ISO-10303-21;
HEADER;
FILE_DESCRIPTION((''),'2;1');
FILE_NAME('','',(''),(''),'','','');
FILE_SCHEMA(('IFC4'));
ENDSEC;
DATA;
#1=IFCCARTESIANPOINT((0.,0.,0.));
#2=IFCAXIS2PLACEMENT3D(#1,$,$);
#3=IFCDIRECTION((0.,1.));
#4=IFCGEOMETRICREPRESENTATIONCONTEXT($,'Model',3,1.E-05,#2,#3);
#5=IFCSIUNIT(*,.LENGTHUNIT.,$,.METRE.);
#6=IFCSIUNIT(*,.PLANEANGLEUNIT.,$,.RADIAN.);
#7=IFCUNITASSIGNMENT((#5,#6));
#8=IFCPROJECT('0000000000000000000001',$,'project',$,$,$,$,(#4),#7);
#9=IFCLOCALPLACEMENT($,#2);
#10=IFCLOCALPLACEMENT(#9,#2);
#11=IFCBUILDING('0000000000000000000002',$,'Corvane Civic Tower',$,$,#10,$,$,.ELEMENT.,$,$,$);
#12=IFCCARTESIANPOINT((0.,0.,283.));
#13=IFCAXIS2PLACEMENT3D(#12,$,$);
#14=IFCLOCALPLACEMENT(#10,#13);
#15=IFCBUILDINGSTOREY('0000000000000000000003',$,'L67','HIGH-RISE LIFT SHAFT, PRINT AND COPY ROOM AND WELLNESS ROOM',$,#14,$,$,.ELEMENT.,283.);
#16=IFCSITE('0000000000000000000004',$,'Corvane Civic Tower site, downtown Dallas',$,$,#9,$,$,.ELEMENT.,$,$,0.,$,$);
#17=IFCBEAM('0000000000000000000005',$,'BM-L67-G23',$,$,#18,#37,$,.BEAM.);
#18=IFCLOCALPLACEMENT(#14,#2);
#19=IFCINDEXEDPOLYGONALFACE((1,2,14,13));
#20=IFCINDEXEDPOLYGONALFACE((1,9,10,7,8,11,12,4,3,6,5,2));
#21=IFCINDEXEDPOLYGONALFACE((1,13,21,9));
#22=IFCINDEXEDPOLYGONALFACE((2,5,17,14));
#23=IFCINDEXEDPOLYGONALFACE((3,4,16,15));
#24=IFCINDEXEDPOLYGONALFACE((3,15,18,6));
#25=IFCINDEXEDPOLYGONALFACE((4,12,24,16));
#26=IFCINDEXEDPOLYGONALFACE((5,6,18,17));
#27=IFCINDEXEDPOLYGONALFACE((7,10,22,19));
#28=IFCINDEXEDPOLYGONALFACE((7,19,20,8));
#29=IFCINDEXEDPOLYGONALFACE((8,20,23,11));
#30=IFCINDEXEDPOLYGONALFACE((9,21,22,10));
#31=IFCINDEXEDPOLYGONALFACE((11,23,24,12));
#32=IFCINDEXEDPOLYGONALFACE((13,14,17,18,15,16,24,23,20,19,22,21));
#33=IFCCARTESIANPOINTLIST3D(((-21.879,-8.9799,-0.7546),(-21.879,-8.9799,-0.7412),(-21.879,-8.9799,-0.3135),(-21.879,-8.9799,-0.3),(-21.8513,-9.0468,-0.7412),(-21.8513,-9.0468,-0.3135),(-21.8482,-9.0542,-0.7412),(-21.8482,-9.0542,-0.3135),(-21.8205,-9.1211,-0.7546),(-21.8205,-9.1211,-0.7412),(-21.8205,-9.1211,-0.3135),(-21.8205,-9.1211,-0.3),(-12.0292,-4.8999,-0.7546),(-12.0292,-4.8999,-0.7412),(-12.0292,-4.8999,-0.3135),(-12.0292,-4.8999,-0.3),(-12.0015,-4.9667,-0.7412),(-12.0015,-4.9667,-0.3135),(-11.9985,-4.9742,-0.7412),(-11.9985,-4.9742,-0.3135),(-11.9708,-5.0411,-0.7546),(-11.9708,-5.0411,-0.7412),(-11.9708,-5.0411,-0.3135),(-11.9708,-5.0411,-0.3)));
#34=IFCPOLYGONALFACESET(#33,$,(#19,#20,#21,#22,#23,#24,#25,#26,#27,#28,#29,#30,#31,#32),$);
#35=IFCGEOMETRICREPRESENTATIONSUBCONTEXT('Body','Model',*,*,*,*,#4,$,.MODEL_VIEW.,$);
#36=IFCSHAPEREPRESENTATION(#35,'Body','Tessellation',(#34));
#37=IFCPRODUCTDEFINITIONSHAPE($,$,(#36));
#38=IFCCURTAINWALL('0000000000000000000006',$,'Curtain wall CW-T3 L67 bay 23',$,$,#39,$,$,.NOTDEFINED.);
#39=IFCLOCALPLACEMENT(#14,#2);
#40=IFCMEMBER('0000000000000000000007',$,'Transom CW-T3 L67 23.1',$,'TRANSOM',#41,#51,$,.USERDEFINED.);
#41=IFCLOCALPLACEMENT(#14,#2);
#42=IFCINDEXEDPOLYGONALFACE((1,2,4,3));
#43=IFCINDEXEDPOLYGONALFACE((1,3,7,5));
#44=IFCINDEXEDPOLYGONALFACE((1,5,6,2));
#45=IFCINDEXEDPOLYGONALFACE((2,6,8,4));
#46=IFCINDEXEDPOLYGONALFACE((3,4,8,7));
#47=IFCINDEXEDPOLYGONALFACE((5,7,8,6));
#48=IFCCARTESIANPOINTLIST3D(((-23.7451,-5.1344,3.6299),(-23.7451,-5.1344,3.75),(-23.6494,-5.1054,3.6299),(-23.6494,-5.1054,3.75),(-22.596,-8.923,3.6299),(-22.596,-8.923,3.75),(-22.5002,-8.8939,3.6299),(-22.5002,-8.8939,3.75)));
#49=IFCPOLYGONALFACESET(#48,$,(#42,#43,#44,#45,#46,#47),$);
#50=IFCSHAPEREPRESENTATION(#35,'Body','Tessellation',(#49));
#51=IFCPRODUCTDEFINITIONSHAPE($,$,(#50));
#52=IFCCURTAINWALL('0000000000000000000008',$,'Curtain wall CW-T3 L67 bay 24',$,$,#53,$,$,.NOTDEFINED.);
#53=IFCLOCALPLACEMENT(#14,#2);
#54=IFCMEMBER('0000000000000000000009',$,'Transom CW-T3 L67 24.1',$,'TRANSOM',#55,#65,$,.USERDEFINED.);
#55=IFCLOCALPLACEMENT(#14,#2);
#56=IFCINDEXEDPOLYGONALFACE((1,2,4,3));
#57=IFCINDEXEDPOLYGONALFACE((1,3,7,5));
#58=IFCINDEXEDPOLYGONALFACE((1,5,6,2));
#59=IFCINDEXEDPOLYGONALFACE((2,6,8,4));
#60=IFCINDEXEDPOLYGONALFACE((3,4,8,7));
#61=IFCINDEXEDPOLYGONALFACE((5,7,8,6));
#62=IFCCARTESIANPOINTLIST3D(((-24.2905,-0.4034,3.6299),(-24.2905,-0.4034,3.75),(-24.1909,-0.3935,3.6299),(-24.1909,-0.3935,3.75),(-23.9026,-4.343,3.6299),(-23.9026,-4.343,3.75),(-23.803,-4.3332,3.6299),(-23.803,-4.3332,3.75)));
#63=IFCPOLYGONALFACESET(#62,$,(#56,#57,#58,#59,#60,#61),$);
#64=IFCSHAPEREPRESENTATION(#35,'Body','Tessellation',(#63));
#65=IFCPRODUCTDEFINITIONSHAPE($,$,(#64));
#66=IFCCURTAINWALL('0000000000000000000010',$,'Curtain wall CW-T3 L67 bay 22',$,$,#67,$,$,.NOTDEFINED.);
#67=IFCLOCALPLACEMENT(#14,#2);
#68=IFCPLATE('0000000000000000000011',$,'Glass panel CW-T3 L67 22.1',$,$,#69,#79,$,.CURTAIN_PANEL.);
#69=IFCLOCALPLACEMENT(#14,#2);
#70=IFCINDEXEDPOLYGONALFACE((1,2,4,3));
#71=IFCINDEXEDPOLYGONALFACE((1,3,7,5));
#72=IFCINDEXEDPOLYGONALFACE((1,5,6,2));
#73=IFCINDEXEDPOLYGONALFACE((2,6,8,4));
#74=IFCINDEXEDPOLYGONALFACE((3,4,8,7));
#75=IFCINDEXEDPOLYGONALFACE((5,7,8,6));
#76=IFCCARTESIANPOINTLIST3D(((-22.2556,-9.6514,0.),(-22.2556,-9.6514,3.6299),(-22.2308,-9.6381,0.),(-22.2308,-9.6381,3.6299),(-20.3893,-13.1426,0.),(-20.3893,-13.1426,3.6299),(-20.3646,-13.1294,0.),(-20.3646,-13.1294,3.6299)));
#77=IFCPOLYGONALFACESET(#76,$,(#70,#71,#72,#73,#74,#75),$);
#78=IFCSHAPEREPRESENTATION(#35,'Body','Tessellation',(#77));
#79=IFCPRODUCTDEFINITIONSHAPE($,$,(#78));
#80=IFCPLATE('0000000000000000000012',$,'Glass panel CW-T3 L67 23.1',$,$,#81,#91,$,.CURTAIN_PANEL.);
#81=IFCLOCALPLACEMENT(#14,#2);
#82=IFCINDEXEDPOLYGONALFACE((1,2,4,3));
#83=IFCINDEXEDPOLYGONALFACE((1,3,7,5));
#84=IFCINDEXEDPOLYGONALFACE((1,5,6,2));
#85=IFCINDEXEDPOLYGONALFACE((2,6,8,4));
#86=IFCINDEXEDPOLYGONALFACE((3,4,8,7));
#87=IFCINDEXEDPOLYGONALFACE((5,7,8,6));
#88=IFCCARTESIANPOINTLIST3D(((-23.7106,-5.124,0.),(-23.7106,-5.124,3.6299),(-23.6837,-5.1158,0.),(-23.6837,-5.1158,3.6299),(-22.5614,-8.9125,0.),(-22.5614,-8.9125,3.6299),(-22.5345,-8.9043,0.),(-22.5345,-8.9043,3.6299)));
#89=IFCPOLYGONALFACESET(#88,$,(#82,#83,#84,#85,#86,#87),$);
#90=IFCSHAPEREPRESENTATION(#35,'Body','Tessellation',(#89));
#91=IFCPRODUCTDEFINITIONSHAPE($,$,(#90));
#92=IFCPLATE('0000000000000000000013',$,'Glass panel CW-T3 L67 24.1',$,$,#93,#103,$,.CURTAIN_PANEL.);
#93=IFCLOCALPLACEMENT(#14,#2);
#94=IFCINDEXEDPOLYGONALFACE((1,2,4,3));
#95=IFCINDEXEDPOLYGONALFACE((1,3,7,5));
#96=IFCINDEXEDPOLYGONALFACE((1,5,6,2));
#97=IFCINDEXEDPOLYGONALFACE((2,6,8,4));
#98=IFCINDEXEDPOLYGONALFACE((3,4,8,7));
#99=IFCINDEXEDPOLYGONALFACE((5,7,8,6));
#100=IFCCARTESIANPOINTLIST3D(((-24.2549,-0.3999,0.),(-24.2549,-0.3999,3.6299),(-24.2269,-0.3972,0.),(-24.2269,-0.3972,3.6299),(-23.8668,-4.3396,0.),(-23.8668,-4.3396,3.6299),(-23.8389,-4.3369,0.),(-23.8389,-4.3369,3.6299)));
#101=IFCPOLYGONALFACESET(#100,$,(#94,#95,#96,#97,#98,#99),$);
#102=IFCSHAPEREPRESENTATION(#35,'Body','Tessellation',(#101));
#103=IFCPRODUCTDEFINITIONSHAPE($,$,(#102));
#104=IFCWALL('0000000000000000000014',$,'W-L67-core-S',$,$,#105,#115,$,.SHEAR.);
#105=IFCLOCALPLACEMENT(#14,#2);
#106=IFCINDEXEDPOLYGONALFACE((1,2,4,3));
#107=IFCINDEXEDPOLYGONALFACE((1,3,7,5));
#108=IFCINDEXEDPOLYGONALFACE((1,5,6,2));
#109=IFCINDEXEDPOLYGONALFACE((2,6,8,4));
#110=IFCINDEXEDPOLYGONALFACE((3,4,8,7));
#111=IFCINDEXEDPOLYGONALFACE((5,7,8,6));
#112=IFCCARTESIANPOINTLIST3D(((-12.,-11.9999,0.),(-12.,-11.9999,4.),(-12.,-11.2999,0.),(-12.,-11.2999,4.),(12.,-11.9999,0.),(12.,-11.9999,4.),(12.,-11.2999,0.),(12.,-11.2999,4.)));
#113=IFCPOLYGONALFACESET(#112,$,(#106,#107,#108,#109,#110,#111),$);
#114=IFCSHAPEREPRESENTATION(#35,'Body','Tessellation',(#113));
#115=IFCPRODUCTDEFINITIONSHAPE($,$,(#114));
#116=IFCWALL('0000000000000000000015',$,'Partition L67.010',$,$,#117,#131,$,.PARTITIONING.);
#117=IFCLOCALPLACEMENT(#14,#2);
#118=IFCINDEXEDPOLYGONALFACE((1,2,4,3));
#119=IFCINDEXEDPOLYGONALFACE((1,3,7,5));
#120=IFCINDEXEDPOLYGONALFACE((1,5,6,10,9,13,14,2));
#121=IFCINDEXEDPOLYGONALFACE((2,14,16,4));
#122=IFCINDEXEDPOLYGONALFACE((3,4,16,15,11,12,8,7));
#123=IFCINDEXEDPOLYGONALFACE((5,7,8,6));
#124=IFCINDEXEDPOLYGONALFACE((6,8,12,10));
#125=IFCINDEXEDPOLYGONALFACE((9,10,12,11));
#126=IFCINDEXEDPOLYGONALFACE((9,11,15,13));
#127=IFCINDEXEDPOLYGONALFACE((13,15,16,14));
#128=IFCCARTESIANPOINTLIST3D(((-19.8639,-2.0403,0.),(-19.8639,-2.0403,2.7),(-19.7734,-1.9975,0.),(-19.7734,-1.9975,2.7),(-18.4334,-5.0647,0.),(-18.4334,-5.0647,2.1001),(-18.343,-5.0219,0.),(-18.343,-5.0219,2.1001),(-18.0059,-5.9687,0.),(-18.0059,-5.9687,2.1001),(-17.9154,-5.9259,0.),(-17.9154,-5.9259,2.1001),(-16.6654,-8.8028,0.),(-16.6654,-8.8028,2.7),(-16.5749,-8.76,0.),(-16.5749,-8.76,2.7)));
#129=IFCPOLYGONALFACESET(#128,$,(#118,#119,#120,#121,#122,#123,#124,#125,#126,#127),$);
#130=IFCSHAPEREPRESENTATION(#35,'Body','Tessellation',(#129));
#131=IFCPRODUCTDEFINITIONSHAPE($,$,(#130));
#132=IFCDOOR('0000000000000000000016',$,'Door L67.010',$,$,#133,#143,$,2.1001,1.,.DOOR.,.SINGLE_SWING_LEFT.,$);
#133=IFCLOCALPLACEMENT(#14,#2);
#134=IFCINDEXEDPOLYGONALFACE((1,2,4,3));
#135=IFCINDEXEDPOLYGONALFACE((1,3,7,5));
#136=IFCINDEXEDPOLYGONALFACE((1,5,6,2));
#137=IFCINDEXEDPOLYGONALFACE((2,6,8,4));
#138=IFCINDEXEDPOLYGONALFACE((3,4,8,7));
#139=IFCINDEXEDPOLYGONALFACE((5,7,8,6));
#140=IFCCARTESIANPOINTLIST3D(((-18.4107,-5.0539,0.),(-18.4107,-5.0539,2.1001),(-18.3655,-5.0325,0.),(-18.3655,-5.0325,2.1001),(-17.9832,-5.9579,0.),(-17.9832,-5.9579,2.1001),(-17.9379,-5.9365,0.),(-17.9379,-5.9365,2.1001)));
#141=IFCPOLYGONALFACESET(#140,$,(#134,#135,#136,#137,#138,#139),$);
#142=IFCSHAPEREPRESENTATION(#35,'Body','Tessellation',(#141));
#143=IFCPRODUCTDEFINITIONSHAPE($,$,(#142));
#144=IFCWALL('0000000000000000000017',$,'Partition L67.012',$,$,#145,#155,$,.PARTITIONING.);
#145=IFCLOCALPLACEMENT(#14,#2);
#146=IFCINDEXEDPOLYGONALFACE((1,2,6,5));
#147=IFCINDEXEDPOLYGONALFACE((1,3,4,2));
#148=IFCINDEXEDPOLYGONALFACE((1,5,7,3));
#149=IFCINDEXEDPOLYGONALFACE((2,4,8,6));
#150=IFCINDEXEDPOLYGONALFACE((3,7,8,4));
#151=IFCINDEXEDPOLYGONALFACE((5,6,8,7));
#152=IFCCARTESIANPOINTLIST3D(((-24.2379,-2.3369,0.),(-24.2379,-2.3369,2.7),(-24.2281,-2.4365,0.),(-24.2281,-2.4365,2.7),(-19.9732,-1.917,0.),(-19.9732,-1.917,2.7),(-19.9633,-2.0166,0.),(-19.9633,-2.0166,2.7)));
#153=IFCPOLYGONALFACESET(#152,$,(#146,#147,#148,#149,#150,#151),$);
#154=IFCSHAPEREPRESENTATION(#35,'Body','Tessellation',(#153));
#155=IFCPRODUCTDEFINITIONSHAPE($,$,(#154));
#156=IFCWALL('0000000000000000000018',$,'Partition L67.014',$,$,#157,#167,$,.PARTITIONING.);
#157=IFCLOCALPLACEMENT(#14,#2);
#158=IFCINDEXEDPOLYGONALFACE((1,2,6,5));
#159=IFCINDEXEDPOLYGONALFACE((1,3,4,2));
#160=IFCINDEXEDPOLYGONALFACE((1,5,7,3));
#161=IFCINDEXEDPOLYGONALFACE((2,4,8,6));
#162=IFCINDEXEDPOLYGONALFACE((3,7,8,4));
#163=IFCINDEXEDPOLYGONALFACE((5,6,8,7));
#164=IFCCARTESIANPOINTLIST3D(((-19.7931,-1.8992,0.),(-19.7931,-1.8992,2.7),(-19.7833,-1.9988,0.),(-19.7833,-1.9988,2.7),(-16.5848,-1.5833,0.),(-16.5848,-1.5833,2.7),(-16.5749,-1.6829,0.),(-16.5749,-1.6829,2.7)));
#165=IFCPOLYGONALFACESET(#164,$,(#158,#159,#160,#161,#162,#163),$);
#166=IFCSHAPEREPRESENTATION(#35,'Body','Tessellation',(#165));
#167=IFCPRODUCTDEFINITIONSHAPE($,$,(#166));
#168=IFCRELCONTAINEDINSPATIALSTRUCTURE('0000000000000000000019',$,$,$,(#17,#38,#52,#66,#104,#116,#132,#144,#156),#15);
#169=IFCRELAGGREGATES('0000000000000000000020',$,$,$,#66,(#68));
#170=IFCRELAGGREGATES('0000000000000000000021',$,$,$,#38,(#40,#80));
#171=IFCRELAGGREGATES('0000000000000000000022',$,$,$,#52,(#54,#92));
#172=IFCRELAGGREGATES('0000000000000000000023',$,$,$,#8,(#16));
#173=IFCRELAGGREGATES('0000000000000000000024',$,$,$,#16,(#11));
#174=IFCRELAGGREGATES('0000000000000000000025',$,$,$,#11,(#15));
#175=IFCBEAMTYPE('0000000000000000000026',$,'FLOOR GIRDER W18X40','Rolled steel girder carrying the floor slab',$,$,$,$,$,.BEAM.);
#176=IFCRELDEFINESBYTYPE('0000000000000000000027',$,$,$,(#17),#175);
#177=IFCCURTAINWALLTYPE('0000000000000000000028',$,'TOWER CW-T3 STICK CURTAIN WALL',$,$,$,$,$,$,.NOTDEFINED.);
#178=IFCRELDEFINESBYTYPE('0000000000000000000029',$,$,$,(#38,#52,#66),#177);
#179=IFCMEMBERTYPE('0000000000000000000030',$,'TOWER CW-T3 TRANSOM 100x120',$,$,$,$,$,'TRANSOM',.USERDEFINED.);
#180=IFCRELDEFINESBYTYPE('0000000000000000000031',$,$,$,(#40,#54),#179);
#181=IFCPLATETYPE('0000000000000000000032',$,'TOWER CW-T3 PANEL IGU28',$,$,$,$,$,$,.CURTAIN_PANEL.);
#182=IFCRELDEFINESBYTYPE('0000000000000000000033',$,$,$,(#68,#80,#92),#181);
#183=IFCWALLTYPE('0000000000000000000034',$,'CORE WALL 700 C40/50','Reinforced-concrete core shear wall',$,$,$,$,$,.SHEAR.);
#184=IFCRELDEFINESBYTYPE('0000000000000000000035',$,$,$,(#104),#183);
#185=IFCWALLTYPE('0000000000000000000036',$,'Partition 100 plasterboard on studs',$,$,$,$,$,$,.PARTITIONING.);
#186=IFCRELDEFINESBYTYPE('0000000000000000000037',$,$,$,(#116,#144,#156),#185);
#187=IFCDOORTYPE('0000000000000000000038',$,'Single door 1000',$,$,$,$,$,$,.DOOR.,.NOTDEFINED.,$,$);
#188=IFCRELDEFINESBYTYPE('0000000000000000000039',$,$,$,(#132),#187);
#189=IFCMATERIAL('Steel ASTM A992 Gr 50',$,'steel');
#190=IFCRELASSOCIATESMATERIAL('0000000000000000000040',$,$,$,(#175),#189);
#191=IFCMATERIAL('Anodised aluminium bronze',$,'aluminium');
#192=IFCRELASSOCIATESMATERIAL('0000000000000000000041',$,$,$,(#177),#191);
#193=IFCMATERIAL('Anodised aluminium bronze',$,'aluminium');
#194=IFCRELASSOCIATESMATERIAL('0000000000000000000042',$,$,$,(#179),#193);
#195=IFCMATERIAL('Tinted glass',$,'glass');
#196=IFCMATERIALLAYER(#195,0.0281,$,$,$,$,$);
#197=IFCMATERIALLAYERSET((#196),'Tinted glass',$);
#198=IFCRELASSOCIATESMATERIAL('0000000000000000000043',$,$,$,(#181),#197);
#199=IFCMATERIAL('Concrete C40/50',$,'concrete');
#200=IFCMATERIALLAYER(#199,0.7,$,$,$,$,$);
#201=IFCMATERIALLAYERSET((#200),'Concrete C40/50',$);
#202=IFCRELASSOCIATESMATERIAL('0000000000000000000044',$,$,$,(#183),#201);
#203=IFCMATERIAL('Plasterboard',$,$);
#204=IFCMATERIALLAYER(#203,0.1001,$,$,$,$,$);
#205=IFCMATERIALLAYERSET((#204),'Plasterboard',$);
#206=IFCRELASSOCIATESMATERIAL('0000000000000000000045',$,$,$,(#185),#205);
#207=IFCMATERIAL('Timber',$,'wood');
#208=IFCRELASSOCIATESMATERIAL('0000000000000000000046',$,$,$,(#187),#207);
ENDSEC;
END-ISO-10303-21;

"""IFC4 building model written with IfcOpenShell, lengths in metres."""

from ifc_helpers import new_model, si_unit, direction, frame, frame_2d, origin, origin_2d, place, context, subcontext, project, spatial, rectangle, i_section, extrude, material, layer, layer_set, material_profile, profile_set, type_object, element, fill, aggregate, save


model = new_model("IFC4")

# Units and contexts
model_context = context("Model", 3, precision=1e-05, world=origin(), true_north=direction((0.0, 1.0)))
body_context = subcontext(model_context, "Body", "Model", "MODEL_VIEW")
ifc_project = project(units=[si_unit("LENGTHUNIT", "METRE"), si_unit("PLANEANGLEUNIT", "RADIAN")], contexts=[model_context])

# Site, building, storey
site_placement = place(None, origin())
site = spatial("IfcSite", under=ifc_project, at=site_placement, Name="Corvane Civic Tower site, downtown Dallas", CompositionType="ELEMENT", RefElevation=0.0)
building_placement = place(site_placement, origin())
building = spatial("IfcBuilding", under=site, at=building_placement, Name="Corvane Civic Tower", CompositionType="ELEMENT")
storey_placement = place(building_placement, frame((0.0, 0.0, 283.0)))
storey = spatial("IfcBuildingStorey", under=building, at=storey_placement, Name="L67", Description="HIGH-RISE LIFT SHAFT, PRINT AND COPY ROOM AND WELLNESS ROOM", CompositionType="ELEMENT", Elevation=283.0)

# Beam
ifc_material_1 = material(Name="Steel ASTM A992 Gr 50", Category="steel")
ifc_material_profile_1 = material_profile(ifc_material_1, i_section(OverallWidth=0.1528, OverallDepth=0.4546, WebThickness=0.0081, FlangeThickness=0.0134, at=origin_2d()), Name="W18X40")
ifc_profile_set_1 = profile_set([ifc_material_profile_1], Name="Steel ASTM A992 Gr 50")
beam_type_1 = type_object("IfcBeamType", Name="FLOOR GIRDER W18X40", Description="Rolled steel girder carrying the floor slab", PredefinedType="BEAM", material=ifc_profile_set_1)
beam_1_placement = place(storey_placement, frame((-12.0, -4.9705, -0.5273), z_axis=(-0.923875, -0.382694, 0.0), x_axis=(0.382694, -0.923875, 0.0)))
element("IfcBeam", 1, at=beam_1_placement, inside=storey, type_object=beam_type_1, Name="BM-L67-G23", PredefinedType="BEAM", context=body_context, shape_type="SweptSolid", body=[
    extrude(i_section(OverallWidth=0.1528, OverallDepth=0.4546, WebThickness=0.0081, FlangeThickness=0.0134, at=origin_2d()), origin(), (0.0, 0.0, 1.0), 10.6614),
])

# Curtain walls, members
ifc_material_2 = material(Name="Anodised aluminium bronze", Category="aluminium")
curtain_wall_type = type_object("IfcCurtainWallType", Name="TOWER CW-T3 STICK CURTAIN WALL", PredefinedType="NOTDEFINED", material=ifc_material_2)
curtain_wall_1_placement = place(storey_placement, origin())
curtain_wall_1 = element("IfcCurtainWall", 2, at=curtain_wall_1_placement, inside=storey, type_object=curtain_wall_type, Name="Curtain wall CW-T3 L67 bay 23", PredefinedType="NOTDEFINED")
ifc_material_3 = material(Name="Anodised aluminium bronze", Category="aluminium")
ifc_material_profile_2 = material_profile(ifc_material_3, rectangle(XDim=0.1001, YDim=0.1201, at=origin_2d()), Name="TOWER CW-T3 TRANSOM 100x120")
ifc_profile_set_2 = profile_set([ifc_material_profile_2], Name="Anodised aluminium bronze")
member_type = type_object("IfcMemberType", Name="TOWER CW-T3 TRANSOM 100x120", ElementType="TRANSOM", PredefinedType="USERDEFINED", material=ifc_profile_set_2)
member_1_placement = place(storey_placement, frame((-22.5481, -8.9084, 3.6899), z_axis=(-0.290266, 0.956946, 0.0), x_axis=(-0.956946, -0.290266, 0.0)))
member_1 = element("IfcMember", 3, at=member_1_placement, type_object=member_type, Name="Transom CW-T3 L67 23.1", ObjectType="TRANSOM", PredefinedType="USERDEFINED", context=body_context, shape_type="SweptSolid", body=[
    extrude(rectangle(XDim=0.1001, YDim=0.1201, at=origin_2d()), origin(), (0.0, 0.0, 1.0), 3.959),
])
curtain_wall_2_placement = place(storey_placement, origin())
curtain_wall_2 = element("IfcCurtainWall", 4, at=curtain_wall_2_placement, inside=storey, type_object=curtain_wall_type, Name="Curtain wall CW-T3 L67 bay 24", PredefinedType="NOTDEFINED")
member_2_placement = place(storey_placement, frame((-23.8528, -4.3381, 3.6899), z_axis=(-0.097995, 0.995187, 0.0), x_axis=(-0.995187, -0.097995, 0.0)))
member_2 = element("IfcMember", 5, at=member_2_placement, type_object=member_type, Name="Transom CW-T3 L67 24.1", ObjectType="TRANSOM", PredefinedType="USERDEFINED", context=body_context, shape_type="SweptSolid", body=[
    extrude(rectangle(XDim=0.1001, YDim=0.1201, at=origin_2d()), origin(), (0.0, 0.0, 1.0), 3.9587),
])

# Curtain wall, plate
curtain_wall_3_placement = place(storey_placement, origin())
curtain_wall_3 = element("IfcCurtainWall", 6, at=curtain_wall_3_placement, inside=storey, type_object=curtain_wall_type, Name="Curtain wall CW-T3 L67 bay 22", PredefinedType="NOTDEFINED")
ifc_material_4 = material(Name="Tinted glass", Category="glass")
ifc_layer_1 = layer(ifc_material_4, 0.0281)
ifc_layer_set_1 = layer_set([ifc_layer_1], Name="Tinted glass")
plate_type = type_object("IfcPlateType", Name="TOWER CW-T3 PANEL IGU28", PredefinedType="CURTAIN_PANEL", material=ifc_layer_set_1)
plate_1_placement = place(storey_placement, frame((-21.3101, -11.3904, 0.0), z_axis=(0.0, 0.0, 1.0), x_axis=(-0.471421, 0.881908, 0.0)))
plate_1 = element("IfcPlate", 7, at=plate_1_placement, type_object=plate_type, Name="Glass panel CW-T3 L67 22.1", PredefinedType="CURTAIN_PANEL", context=body_context, shape_type="SweptSolid", body=[
    extrude(rectangle(XDim=3.9587, YDim=0.0281, at=origin_2d()), origin(), (0.0, 0.0, 1.0), 3.6299),
])
aggregate(curtain_wall_3, [plate_1])

# Plates
plate_2_placement = place(storey_placement, frame((-23.1226, -7.0142, 0.0), z_axis=(0.0, 0.0, 1.0), x_axis=(-0.290274, 0.956944, 0.0)))
plate_2 = element("IfcPlate", 8, at=plate_2_placement, type_object=plate_type, Name="Glass panel CW-T3 L67 23.1", PredefinedType="CURTAIN_PANEL", context=body_context, shape_type="SweptSolid", body=[
    extrude(rectangle(XDim=3.959, YDim=0.0281, at=origin_2d()), origin(), (0.0, 0.0, 1.0), 3.6299),
])
aggregate(curtain_wall_1, [member_1, plate_2])
plate_3_placement = place(storey_placement, frame((-24.0469, -2.3684, 0.0), z_axis=(0.0, 0.0, 1.0), x_axis=(-0.098021, 0.995184, 0.0)))
plate_3 = element("IfcPlate", 9, at=plate_3_placement, type_object=plate_type, Name="Glass panel CW-T3 L67 24.1", PredefinedType="CURTAIN_PANEL", context=body_context, shape_type="SweptSolid", body=[
    extrude(rectangle(XDim=3.9587, YDim=0.0281, at=origin_2d()), origin(), (0.0, 0.0, 1.0), 3.6299),
])
aggregate(curtain_wall_2, [member_2, plate_3])

# Wall
ifc_material_5 = material(Name="Concrete C40/50", Category="concrete")
ifc_layer_2 = layer(ifc_material_5, 0.7)
ifc_layer_set_2 = layer_set([ifc_layer_2], Name="Concrete C40/50")
wall_type_1 = type_object("IfcWallType", Name="CORE WALL 700 C40/50", Description="Reinforced-concrete core shear wall", PredefinedType="SHEAR", material=ifc_layer_set_2)
wall_1_placement = place(storey_placement, frame((-12.0, -11.6499, 0.0), z_axis=(0.0, 0.0, 1.0), x_axis=(1.0, 0.0, 0.0)))
element("IfcWall", 10, at=wall_1_placement, inside=storey, type_object=wall_type_1, Name="W-L67-core-S", PredefinedType="SHEAR", context=body_context, shape_type="SweptSolid", body=[
    extrude(rectangle(XDim=24.0, YDim=0.7, at=frame_2d((12.0, 0.0))), origin(), (0.0, 0.0, 1.0), 4.0),
])

# Wall, opening, door
ifc_material_6 = material(Name="Plasterboard")
ifc_layer_3 = layer(ifc_material_6, 0.1001)
ifc_layer_set_3 = layer_set([ifc_layer_3], Name="Plasterboard")
wall_type_2 = type_object("IfcWallType", Name="Partition 100 plasterboard on studs", PredefinedType="PARTITIONING", material=ifc_layer_set_3)
wall_2_placement = place(storey_placement, frame((-19.8186, -2.019, 0.0), z_axis=(0.0, 0.0, 1.0), x_axis=(0.427564, -0.903985, 0.0)))
wall_2 = element("IfcWall", 11, at=wall_2_placement, inside=storey, type_object=wall_type_2, Name="Partition L67.010", PredefinedType="PARTITIONING", context=body_context, shape_type="SweptSolid", body=[
    extrude(rectangle(XDim=7.4807, YDim=0.1001, at=frame_2d((3.7402, 0.0))), origin(), (0.0, 0.0, 1.0), 2.7),
])
opening_placement = place(wall_2_placement, frame((3.3455, 0.0, 0.0)))
opening = element("IfcOpeningElement", 12, at=opening_placement, cuts=wall_2, PredefinedType="OPENING", context=body_context, shape_type="SweptSolid", body=[
    extrude(rectangle(XDim=1.0, YDim=2.1001, at=frame_2d((0.5, 1.05))), frame((0.0, 0.0601, 0.0), z_axis=(0.0, -1.0, 0.0), x_axis=(1.0, 0.0, 0.0)), (0.0, 0.0, 1.0), 0.1201),
])
ifc_material_7 = material(Name="Timber", Category="wood")
door_type = type_object("IfcDoorType", Name="Single door 1000", OperationType="NOTDEFINED", PredefinedType="DOOR", material=ifc_material_7)
door_placement = place(opening_placement, frame((1.0, 0.0, 0.0), z_axis=(0.0, 0.0, 1.0), x_axis=(-1.0, 0.0, 0.0)))
door = element("IfcDoor", 13, at=door_placement, inside=storey, type_object=door_type, Name="Door L67.010", OperationType="SINGLE_SWING_LEFT", OverallHeight=2.1001, OverallWidth=1.0, PredefinedType="DOOR", context=body_context, shape_type="SweptSolid", body=[
    extrude(rectangle(XDim=1.0, YDim=2.1001, at=frame_2d((0.5, 1.05))), frame((0.0, 0.0249, 0.0), z_axis=(0.0, -1.0, 0.0), x_axis=(1.0, 0.0, 0.0)), (0.0, 0.0, 1.0), 0.05),
])
fill(opening, door)

# Walls
wall_3_placement = place(storey_placement, frame((-24.2329, -2.3867, 0.0), z_axis=(0.0, 0.0, 1.0), x_axis=(0.995188, 0.097986, 0.0)))
element("IfcWall", 14, at=wall_3_placement, inside=storey, type_object=wall_type_2, Name="Partition L67.012", PredefinedType="PARTITIONING", context=body_context, shape_type="SweptSolid", body=[
    extrude(rectangle(XDim=4.2854, YDim=0.1001, at=frame_2d((2.1426, 0.0))), origin(), (0.0, 0.0, 1.0), 2.7),
])
wall_4_placement = place(storey_placement, frame((-19.7881, -1.949, 0.0), z_axis=(0.0, 0.0, 1.0), x_axis=(0.995187, 0.097996, 0.0)))
element("IfcWall", 15, at=wall_4_placement, inside=storey, type_object=wall_type_2, Name="Partition L67.014", PredefinedType="PARTITIONING", context=body_context, shape_type="SweptSolid", body=[
    extrude(rectangle(XDim=3.2239, YDim=0.1001, at=frame_2d((1.6118, 0.0))), origin(), (0.0, 0.0, 1.0), 2.7),
])

save(model, "model.ifc")
